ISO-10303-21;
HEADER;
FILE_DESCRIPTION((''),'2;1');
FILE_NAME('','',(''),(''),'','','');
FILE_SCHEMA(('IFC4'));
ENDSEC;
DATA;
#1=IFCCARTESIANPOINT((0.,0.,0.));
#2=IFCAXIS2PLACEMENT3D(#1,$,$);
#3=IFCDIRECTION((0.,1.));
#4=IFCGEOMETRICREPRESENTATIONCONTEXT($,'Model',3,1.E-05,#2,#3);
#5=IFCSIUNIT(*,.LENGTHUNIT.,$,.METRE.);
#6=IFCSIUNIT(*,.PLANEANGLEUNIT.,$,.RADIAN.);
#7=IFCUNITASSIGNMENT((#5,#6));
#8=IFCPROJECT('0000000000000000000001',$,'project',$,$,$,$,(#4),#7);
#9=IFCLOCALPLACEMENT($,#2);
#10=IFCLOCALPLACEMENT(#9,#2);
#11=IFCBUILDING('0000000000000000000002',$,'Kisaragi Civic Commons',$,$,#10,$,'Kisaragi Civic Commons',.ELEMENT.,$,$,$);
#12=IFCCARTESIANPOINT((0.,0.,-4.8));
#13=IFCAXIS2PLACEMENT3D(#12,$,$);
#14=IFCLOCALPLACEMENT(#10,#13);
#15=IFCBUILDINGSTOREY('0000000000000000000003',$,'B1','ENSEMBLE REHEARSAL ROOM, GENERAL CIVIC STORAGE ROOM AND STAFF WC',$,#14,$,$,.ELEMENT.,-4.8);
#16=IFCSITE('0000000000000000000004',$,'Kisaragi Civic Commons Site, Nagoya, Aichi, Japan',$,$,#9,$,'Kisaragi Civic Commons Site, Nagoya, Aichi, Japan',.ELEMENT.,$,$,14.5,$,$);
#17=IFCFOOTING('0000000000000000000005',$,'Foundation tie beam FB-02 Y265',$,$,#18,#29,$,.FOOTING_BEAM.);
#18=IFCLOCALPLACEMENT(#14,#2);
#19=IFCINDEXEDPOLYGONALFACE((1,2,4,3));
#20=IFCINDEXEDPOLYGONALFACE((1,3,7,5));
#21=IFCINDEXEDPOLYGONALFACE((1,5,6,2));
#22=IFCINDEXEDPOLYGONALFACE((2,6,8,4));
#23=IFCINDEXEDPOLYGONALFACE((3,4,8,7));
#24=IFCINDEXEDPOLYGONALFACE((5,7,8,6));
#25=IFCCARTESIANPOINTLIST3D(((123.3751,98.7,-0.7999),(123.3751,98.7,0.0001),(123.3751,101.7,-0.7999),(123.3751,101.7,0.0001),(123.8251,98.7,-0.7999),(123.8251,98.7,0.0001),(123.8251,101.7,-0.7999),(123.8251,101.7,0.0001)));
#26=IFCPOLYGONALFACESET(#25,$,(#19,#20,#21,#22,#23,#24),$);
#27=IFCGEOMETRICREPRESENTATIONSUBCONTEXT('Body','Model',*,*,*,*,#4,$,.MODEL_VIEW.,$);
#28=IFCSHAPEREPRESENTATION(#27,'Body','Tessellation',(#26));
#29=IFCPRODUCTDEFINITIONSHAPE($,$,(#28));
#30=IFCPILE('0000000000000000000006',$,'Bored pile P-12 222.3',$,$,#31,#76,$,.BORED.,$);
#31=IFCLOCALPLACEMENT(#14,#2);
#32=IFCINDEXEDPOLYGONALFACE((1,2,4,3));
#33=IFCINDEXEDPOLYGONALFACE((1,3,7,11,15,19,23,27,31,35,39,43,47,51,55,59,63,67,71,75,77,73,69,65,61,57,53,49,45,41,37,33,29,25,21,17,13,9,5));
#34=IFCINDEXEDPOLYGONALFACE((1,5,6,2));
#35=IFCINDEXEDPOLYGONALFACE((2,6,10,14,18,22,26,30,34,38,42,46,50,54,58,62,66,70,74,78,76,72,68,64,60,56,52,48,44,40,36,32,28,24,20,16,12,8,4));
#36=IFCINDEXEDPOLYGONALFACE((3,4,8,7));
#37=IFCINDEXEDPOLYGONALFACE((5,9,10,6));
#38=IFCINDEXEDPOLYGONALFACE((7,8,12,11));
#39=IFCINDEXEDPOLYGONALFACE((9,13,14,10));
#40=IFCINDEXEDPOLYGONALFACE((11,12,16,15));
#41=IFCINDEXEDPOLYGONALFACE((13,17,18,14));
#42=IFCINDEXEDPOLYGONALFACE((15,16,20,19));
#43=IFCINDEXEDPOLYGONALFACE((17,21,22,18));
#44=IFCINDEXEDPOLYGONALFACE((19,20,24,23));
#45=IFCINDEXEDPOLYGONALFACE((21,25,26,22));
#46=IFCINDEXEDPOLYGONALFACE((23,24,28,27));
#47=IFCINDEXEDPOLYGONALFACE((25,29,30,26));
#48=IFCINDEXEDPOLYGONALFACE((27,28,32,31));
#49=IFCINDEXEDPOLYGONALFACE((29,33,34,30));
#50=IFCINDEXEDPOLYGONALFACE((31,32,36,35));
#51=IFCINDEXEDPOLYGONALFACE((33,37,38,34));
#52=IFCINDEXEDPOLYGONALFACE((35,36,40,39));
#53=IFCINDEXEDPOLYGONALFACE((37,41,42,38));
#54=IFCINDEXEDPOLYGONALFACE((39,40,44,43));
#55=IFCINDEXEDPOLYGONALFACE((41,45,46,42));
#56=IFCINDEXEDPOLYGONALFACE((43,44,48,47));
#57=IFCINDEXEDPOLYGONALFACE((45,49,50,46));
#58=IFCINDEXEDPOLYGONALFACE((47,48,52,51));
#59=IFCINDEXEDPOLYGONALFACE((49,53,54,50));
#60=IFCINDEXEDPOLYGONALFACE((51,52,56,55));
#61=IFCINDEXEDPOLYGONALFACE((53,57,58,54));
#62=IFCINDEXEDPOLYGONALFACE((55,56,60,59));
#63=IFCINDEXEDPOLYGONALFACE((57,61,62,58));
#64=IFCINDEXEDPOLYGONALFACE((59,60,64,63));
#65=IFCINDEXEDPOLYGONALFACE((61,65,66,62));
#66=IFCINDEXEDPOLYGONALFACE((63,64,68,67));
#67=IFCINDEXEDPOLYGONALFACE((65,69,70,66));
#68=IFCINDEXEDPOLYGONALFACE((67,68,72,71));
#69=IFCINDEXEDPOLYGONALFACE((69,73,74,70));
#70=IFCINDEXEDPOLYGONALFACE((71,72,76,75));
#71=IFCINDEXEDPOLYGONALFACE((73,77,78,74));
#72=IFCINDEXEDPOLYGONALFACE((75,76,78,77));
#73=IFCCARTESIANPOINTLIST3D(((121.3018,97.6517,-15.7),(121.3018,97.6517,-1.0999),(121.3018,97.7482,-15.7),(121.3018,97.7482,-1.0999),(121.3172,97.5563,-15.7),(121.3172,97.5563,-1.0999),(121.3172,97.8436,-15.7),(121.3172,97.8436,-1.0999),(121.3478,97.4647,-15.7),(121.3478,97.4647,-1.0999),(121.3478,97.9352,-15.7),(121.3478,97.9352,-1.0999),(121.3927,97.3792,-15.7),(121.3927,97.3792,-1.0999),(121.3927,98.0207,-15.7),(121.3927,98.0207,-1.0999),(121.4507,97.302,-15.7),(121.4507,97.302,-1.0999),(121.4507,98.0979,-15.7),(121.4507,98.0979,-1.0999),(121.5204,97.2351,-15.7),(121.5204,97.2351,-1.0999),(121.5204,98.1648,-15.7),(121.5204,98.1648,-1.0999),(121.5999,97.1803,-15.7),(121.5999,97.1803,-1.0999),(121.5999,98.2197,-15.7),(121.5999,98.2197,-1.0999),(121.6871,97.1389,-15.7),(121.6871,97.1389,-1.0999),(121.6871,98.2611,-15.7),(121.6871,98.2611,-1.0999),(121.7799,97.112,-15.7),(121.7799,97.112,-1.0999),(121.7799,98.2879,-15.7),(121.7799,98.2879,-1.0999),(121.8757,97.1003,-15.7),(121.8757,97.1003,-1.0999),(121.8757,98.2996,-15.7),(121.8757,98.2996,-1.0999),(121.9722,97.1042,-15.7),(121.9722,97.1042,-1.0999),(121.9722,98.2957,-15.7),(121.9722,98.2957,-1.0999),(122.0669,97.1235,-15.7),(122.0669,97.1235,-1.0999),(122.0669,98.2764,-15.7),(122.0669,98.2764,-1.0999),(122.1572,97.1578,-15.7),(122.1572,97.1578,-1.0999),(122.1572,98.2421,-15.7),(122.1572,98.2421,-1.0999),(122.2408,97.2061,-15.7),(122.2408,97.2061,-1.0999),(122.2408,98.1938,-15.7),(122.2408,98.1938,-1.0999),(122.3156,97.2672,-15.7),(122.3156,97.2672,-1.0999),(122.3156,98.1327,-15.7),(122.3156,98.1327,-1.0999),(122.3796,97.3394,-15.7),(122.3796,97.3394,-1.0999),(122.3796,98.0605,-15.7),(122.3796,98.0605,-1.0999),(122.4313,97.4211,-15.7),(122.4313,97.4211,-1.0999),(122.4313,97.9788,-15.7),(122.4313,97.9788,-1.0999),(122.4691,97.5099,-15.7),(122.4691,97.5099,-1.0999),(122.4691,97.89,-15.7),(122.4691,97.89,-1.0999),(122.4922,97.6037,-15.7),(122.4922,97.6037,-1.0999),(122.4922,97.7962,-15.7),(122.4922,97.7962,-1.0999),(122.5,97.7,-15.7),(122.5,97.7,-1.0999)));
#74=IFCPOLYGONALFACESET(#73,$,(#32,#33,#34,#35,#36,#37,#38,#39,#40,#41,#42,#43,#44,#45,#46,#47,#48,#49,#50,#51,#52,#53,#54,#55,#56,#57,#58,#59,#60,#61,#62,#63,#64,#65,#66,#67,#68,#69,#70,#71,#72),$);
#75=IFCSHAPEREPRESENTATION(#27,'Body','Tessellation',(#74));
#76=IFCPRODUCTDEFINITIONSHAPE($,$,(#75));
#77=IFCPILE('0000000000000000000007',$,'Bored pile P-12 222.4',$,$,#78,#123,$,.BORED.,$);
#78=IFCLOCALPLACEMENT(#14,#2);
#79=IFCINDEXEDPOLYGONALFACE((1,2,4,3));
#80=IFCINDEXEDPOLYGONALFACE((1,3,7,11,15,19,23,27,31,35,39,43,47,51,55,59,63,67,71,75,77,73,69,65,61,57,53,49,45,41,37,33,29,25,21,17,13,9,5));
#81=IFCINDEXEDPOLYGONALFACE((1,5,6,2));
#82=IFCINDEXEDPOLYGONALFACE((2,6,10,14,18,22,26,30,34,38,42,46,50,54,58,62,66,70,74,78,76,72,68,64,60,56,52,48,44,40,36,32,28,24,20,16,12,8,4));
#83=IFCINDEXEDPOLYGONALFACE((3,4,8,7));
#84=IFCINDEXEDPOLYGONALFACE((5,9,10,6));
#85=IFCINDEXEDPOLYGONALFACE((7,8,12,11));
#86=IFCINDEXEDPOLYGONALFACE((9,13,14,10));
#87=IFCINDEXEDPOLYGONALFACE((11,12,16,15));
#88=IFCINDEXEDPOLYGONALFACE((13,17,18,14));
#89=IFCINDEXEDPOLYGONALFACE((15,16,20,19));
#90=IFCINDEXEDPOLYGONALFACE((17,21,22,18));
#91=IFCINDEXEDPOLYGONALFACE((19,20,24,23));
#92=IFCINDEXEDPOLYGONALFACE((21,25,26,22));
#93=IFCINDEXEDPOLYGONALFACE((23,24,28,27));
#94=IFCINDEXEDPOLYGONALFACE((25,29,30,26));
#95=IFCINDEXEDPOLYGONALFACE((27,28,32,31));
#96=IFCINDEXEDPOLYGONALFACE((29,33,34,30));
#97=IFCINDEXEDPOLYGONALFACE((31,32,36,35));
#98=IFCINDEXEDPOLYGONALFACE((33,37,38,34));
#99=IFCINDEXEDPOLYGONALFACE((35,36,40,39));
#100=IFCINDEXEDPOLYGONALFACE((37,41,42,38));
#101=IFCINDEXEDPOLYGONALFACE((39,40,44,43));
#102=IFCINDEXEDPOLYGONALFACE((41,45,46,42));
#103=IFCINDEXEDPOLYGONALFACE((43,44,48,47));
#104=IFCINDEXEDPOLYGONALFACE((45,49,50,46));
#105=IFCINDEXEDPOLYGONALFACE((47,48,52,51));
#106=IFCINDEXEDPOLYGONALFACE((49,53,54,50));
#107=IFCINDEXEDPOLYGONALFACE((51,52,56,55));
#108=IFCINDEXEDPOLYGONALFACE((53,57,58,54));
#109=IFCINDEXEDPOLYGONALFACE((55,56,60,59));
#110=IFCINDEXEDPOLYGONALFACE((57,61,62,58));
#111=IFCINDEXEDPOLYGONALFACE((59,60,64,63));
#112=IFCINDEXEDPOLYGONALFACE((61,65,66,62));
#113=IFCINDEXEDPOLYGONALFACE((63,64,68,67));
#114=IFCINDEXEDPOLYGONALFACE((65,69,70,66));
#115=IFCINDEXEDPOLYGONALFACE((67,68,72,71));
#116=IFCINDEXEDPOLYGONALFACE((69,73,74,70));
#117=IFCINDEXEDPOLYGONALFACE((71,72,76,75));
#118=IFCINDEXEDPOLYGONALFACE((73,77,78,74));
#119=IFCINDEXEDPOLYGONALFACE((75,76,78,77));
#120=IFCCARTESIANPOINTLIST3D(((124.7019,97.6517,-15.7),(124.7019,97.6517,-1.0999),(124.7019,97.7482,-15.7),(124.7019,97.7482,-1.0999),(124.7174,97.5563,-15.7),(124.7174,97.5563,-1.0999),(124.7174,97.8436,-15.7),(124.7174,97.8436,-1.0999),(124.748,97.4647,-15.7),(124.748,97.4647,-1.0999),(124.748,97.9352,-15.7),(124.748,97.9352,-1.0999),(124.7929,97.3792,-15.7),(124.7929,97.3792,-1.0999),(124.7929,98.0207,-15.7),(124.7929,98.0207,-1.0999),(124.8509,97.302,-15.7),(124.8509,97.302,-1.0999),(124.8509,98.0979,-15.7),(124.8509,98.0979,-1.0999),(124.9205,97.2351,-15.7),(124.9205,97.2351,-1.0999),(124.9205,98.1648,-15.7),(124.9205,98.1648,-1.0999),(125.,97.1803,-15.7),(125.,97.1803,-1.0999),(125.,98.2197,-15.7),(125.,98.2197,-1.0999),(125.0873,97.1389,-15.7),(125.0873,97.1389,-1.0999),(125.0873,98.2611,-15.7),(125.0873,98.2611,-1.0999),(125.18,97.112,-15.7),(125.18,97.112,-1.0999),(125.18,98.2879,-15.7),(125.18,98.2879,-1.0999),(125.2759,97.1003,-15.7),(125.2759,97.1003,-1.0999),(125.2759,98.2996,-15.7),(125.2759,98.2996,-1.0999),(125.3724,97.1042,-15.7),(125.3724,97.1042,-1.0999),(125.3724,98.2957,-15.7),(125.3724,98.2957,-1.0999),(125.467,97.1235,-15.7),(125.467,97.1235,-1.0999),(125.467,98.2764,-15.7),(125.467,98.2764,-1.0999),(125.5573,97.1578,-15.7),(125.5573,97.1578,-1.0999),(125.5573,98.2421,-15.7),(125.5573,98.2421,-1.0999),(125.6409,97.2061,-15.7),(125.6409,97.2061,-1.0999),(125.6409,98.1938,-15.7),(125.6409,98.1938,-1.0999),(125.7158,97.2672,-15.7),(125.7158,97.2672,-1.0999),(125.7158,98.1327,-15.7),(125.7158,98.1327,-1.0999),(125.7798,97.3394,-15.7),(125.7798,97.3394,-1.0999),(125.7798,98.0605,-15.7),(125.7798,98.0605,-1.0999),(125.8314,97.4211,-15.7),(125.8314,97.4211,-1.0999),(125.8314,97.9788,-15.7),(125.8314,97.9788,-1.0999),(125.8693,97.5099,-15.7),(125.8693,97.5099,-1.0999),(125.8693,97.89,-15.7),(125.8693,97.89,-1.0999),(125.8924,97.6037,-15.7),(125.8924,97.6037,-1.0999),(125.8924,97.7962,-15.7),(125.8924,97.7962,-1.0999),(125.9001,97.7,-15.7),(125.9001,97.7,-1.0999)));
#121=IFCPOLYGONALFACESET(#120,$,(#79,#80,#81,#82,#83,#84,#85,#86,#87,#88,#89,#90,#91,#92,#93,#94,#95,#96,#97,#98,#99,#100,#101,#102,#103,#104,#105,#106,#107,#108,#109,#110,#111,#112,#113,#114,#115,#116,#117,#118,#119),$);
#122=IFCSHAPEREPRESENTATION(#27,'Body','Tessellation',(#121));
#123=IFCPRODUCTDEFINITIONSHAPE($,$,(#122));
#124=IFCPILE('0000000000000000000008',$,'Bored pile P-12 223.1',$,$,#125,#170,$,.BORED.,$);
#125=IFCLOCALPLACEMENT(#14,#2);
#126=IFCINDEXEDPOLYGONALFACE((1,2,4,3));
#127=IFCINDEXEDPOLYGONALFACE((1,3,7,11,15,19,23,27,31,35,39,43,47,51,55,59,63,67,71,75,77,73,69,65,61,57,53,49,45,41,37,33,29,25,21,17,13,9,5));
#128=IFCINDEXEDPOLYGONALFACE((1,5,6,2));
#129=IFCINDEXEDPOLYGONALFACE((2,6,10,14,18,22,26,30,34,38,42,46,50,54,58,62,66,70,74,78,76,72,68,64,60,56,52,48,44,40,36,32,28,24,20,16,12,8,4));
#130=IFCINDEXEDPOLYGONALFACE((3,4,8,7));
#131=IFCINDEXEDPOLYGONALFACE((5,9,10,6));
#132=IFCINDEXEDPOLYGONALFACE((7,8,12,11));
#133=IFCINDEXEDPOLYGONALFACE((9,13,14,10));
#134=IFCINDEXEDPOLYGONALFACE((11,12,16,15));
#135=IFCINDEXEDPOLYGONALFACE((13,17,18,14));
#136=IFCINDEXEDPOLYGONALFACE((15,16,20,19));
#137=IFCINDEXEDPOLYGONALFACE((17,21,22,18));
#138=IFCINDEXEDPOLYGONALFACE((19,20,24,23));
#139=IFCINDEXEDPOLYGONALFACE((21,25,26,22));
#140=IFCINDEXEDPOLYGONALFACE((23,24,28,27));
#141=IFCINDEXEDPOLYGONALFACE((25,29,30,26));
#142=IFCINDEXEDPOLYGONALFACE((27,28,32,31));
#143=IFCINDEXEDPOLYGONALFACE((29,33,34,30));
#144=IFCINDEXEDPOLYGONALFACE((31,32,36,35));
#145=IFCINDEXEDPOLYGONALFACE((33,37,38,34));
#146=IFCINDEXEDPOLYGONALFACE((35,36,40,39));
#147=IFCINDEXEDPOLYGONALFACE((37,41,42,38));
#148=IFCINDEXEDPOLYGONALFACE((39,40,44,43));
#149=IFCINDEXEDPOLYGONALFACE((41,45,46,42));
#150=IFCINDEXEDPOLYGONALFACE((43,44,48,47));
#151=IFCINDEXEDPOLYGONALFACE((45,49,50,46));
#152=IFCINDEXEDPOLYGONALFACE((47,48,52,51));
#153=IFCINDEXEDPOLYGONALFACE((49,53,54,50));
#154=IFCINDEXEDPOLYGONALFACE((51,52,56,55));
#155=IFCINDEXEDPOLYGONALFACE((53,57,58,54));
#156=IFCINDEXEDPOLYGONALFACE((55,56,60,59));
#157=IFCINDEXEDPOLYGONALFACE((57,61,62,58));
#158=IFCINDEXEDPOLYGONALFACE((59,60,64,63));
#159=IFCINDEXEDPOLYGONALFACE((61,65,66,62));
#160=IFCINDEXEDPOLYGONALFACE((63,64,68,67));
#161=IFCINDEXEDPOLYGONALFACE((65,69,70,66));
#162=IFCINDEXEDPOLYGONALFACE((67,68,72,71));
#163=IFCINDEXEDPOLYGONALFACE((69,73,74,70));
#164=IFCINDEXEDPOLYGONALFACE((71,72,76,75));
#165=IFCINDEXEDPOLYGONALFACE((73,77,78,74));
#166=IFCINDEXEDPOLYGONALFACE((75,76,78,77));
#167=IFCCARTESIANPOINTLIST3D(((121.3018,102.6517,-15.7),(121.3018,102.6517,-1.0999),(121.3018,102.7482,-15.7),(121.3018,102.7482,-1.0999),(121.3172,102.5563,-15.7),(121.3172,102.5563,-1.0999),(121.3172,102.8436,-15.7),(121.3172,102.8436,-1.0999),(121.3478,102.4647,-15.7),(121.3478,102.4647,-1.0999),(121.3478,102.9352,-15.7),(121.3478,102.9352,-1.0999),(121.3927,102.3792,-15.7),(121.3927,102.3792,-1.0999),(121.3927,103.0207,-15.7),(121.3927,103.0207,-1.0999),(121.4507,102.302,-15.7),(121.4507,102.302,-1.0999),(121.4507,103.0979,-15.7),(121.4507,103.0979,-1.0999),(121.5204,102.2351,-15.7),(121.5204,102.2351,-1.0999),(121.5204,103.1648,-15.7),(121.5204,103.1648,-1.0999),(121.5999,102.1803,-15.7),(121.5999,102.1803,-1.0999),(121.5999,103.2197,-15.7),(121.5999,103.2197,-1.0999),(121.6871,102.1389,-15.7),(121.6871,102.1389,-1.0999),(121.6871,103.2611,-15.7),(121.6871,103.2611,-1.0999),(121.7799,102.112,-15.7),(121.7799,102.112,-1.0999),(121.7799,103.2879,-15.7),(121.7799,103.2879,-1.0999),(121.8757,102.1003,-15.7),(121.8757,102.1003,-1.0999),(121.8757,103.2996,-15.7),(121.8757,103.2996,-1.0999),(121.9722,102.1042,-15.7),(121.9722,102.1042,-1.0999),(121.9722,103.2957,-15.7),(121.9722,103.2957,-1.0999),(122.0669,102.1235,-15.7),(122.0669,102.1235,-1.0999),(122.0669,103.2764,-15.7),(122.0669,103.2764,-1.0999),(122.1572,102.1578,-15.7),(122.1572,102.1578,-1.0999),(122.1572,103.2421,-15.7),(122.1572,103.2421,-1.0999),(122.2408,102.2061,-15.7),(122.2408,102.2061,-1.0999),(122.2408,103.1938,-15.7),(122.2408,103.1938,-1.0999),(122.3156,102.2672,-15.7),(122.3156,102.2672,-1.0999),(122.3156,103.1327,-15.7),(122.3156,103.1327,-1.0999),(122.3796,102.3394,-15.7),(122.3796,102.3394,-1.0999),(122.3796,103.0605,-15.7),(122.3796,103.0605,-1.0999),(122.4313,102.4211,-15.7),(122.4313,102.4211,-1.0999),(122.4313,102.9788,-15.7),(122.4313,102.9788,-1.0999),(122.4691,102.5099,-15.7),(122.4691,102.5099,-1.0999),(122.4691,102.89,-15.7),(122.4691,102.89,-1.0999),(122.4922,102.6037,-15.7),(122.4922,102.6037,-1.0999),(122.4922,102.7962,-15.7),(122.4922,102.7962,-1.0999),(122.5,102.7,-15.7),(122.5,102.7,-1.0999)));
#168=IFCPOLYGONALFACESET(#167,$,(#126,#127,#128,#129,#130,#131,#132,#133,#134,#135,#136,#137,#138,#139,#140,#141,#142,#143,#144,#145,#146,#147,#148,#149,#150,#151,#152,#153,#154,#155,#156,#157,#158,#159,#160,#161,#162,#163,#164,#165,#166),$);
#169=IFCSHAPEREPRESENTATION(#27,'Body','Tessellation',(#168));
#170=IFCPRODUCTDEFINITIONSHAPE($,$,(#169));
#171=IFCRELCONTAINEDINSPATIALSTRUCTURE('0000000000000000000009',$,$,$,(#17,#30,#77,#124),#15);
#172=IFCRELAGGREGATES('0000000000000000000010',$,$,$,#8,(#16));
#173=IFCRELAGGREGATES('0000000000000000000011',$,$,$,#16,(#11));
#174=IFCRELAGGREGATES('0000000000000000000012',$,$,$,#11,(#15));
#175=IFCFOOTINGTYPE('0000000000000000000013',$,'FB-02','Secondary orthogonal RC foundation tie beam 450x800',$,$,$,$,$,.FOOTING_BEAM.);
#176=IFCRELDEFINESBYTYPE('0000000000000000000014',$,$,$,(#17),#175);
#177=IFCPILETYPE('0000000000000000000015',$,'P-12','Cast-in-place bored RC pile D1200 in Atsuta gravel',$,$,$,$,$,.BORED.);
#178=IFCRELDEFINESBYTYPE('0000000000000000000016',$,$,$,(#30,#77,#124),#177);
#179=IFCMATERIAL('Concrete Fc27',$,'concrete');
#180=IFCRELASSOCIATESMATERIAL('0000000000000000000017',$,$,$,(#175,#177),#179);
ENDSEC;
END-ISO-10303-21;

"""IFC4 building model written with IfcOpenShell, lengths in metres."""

from ifc_helpers import new_model, si_unit, direction, frame, origin, origin_2d, place, context, subcontext, project, spatial, rectangle, circle, extrude, material, material_profile, profile_set, type_object, element, save


model = new_model("IFC4")

# Units and contexts
model_context = context("Model", 3, precision=1e-05, world=origin(), true_north=direction((0.0, 1.0)))
body_context = subcontext(model_context, "Body", "Model", "MODEL_VIEW")
ifc_project = project(units=[si_unit("LENGTHUNIT", "METRE"), si_unit("PLANEANGLEUNIT", "RADIAN")], contexts=[model_context])

# Site, building, storey
site_placement = place(None, origin())
site = spatial("IfcSite", under=ifc_project, at=site_placement, Name="Kisaragi Civic Commons Site, Nagoya, Aichi, Japan", LongName="Kisaragi Civic Commons Site, Nagoya, Aichi, Japan", CompositionType="ELEMENT", RefElevation=14.5)
building_placement = place(site_placement, origin())
building = spatial("IfcBuilding", under=site, at=building_placement, Name="Kisaragi Civic Commons", LongName="Kisaragi Civic Commons", CompositionType="ELEMENT")
storey_placement = place(building_placement, frame((0.0, 0.0, -4.8)))
storey = spatial("IfcBuildingStorey", under=building, at=storey_placement, Name="B1", Description="ENSEMBLE REHEARSAL ROOM, GENERAL CIVIC STORAGE ROOM AND STAFF WC", CompositionType="ELEMENT", Elevation=-4.8)

# Footing
ifc_material_1 = material(Name="Concrete Fc27", Category="concrete")
ifc_material_profile_1 = material_profile(ifc_material_1, rectangle(XDim=0.45, YDim=0.8, at=origin_2d()), Name="RC-450x800", Category="concrete")
ifc_profile_set_1 = profile_set([ifc_material_profile_1], Name="Concrete Fc27")
footing_type_1 = type_object("IfcFootingType", Name="FB-02", Description="Secondary orthogonal RC foundation tie beam 450x800", PredefinedType="FOOTING_BEAM", material=ifc_profile_set_1)
footing_1_placement = place(storey_placement, frame((123.6001, 98.7, -0.3999), z_axis=(0.0, 1.0, 0.0), x_axis=(-1.0, 0.0, 0.0)))
element("IfcFooting", 1, at=footing_1_placement, inside=storey, type_object=footing_type_1, Name="Foundation tie beam FB-02 Y265", PredefinedType="FOOTING_BEAM", context=body_context, shape_type="SweptSolid", body=[
    extrude(rectangle(XDim=0.45, YDim=0.8, at=origin_2d()), origin(), (0.0, 0.0, 1.0), 3.0),
])

# Piles
ifc_material_profile_2 = material_profile(ifc_material_1, circle(Radius=0.6001, at=origin_2d()), Name="PILE-D1200", Category="concrete")
ifc_profile_set_2 = profile_set([ifc_material_profile_2], Name="Concrete Fc27")
pile_type = type_object("IfcPileType", Name="P-12", Description="Cast-in-place bored RC pile D1200 in Atsuta gravel", PredefinedType="BORED", material=ifc_profile_set_2)
for number, where, z_axis, x_axis, name in (
    (2, (121.8999, 97.7, -1.0999), (0.0, 0.0, -1.0), (1.0, 0.0, 0.0), "Bored pile P-12 222.3"),
    (3, (125.3, 97.7, -1.0999), (0.0, 0.0, -1.0), (1.0, 0.0, 0.0), "Bored pile P-12 222.4"),
    (4, (121.8999, 102.7, -1.0999), (0.0, 0.0, -1.0), (1.0, 0.0, 0.0), "Bored pile P-12 223.1"),
):
    element("IfcPile", number, at=place(storey_placement, frame(where, z_axis=z_axis, x_axis=x_axis)), inside=storey, type_object=pile_type, Name=name, PredefinedType="BORED", context=body_context, shape_type="SweptSolid", body=[
        extrude(circle(Radius=0.6001, at=origin_2d()), origin(), (0.0, 0.0, 1.0), 14.6001),
    ])

save(model, "model.ifc")
